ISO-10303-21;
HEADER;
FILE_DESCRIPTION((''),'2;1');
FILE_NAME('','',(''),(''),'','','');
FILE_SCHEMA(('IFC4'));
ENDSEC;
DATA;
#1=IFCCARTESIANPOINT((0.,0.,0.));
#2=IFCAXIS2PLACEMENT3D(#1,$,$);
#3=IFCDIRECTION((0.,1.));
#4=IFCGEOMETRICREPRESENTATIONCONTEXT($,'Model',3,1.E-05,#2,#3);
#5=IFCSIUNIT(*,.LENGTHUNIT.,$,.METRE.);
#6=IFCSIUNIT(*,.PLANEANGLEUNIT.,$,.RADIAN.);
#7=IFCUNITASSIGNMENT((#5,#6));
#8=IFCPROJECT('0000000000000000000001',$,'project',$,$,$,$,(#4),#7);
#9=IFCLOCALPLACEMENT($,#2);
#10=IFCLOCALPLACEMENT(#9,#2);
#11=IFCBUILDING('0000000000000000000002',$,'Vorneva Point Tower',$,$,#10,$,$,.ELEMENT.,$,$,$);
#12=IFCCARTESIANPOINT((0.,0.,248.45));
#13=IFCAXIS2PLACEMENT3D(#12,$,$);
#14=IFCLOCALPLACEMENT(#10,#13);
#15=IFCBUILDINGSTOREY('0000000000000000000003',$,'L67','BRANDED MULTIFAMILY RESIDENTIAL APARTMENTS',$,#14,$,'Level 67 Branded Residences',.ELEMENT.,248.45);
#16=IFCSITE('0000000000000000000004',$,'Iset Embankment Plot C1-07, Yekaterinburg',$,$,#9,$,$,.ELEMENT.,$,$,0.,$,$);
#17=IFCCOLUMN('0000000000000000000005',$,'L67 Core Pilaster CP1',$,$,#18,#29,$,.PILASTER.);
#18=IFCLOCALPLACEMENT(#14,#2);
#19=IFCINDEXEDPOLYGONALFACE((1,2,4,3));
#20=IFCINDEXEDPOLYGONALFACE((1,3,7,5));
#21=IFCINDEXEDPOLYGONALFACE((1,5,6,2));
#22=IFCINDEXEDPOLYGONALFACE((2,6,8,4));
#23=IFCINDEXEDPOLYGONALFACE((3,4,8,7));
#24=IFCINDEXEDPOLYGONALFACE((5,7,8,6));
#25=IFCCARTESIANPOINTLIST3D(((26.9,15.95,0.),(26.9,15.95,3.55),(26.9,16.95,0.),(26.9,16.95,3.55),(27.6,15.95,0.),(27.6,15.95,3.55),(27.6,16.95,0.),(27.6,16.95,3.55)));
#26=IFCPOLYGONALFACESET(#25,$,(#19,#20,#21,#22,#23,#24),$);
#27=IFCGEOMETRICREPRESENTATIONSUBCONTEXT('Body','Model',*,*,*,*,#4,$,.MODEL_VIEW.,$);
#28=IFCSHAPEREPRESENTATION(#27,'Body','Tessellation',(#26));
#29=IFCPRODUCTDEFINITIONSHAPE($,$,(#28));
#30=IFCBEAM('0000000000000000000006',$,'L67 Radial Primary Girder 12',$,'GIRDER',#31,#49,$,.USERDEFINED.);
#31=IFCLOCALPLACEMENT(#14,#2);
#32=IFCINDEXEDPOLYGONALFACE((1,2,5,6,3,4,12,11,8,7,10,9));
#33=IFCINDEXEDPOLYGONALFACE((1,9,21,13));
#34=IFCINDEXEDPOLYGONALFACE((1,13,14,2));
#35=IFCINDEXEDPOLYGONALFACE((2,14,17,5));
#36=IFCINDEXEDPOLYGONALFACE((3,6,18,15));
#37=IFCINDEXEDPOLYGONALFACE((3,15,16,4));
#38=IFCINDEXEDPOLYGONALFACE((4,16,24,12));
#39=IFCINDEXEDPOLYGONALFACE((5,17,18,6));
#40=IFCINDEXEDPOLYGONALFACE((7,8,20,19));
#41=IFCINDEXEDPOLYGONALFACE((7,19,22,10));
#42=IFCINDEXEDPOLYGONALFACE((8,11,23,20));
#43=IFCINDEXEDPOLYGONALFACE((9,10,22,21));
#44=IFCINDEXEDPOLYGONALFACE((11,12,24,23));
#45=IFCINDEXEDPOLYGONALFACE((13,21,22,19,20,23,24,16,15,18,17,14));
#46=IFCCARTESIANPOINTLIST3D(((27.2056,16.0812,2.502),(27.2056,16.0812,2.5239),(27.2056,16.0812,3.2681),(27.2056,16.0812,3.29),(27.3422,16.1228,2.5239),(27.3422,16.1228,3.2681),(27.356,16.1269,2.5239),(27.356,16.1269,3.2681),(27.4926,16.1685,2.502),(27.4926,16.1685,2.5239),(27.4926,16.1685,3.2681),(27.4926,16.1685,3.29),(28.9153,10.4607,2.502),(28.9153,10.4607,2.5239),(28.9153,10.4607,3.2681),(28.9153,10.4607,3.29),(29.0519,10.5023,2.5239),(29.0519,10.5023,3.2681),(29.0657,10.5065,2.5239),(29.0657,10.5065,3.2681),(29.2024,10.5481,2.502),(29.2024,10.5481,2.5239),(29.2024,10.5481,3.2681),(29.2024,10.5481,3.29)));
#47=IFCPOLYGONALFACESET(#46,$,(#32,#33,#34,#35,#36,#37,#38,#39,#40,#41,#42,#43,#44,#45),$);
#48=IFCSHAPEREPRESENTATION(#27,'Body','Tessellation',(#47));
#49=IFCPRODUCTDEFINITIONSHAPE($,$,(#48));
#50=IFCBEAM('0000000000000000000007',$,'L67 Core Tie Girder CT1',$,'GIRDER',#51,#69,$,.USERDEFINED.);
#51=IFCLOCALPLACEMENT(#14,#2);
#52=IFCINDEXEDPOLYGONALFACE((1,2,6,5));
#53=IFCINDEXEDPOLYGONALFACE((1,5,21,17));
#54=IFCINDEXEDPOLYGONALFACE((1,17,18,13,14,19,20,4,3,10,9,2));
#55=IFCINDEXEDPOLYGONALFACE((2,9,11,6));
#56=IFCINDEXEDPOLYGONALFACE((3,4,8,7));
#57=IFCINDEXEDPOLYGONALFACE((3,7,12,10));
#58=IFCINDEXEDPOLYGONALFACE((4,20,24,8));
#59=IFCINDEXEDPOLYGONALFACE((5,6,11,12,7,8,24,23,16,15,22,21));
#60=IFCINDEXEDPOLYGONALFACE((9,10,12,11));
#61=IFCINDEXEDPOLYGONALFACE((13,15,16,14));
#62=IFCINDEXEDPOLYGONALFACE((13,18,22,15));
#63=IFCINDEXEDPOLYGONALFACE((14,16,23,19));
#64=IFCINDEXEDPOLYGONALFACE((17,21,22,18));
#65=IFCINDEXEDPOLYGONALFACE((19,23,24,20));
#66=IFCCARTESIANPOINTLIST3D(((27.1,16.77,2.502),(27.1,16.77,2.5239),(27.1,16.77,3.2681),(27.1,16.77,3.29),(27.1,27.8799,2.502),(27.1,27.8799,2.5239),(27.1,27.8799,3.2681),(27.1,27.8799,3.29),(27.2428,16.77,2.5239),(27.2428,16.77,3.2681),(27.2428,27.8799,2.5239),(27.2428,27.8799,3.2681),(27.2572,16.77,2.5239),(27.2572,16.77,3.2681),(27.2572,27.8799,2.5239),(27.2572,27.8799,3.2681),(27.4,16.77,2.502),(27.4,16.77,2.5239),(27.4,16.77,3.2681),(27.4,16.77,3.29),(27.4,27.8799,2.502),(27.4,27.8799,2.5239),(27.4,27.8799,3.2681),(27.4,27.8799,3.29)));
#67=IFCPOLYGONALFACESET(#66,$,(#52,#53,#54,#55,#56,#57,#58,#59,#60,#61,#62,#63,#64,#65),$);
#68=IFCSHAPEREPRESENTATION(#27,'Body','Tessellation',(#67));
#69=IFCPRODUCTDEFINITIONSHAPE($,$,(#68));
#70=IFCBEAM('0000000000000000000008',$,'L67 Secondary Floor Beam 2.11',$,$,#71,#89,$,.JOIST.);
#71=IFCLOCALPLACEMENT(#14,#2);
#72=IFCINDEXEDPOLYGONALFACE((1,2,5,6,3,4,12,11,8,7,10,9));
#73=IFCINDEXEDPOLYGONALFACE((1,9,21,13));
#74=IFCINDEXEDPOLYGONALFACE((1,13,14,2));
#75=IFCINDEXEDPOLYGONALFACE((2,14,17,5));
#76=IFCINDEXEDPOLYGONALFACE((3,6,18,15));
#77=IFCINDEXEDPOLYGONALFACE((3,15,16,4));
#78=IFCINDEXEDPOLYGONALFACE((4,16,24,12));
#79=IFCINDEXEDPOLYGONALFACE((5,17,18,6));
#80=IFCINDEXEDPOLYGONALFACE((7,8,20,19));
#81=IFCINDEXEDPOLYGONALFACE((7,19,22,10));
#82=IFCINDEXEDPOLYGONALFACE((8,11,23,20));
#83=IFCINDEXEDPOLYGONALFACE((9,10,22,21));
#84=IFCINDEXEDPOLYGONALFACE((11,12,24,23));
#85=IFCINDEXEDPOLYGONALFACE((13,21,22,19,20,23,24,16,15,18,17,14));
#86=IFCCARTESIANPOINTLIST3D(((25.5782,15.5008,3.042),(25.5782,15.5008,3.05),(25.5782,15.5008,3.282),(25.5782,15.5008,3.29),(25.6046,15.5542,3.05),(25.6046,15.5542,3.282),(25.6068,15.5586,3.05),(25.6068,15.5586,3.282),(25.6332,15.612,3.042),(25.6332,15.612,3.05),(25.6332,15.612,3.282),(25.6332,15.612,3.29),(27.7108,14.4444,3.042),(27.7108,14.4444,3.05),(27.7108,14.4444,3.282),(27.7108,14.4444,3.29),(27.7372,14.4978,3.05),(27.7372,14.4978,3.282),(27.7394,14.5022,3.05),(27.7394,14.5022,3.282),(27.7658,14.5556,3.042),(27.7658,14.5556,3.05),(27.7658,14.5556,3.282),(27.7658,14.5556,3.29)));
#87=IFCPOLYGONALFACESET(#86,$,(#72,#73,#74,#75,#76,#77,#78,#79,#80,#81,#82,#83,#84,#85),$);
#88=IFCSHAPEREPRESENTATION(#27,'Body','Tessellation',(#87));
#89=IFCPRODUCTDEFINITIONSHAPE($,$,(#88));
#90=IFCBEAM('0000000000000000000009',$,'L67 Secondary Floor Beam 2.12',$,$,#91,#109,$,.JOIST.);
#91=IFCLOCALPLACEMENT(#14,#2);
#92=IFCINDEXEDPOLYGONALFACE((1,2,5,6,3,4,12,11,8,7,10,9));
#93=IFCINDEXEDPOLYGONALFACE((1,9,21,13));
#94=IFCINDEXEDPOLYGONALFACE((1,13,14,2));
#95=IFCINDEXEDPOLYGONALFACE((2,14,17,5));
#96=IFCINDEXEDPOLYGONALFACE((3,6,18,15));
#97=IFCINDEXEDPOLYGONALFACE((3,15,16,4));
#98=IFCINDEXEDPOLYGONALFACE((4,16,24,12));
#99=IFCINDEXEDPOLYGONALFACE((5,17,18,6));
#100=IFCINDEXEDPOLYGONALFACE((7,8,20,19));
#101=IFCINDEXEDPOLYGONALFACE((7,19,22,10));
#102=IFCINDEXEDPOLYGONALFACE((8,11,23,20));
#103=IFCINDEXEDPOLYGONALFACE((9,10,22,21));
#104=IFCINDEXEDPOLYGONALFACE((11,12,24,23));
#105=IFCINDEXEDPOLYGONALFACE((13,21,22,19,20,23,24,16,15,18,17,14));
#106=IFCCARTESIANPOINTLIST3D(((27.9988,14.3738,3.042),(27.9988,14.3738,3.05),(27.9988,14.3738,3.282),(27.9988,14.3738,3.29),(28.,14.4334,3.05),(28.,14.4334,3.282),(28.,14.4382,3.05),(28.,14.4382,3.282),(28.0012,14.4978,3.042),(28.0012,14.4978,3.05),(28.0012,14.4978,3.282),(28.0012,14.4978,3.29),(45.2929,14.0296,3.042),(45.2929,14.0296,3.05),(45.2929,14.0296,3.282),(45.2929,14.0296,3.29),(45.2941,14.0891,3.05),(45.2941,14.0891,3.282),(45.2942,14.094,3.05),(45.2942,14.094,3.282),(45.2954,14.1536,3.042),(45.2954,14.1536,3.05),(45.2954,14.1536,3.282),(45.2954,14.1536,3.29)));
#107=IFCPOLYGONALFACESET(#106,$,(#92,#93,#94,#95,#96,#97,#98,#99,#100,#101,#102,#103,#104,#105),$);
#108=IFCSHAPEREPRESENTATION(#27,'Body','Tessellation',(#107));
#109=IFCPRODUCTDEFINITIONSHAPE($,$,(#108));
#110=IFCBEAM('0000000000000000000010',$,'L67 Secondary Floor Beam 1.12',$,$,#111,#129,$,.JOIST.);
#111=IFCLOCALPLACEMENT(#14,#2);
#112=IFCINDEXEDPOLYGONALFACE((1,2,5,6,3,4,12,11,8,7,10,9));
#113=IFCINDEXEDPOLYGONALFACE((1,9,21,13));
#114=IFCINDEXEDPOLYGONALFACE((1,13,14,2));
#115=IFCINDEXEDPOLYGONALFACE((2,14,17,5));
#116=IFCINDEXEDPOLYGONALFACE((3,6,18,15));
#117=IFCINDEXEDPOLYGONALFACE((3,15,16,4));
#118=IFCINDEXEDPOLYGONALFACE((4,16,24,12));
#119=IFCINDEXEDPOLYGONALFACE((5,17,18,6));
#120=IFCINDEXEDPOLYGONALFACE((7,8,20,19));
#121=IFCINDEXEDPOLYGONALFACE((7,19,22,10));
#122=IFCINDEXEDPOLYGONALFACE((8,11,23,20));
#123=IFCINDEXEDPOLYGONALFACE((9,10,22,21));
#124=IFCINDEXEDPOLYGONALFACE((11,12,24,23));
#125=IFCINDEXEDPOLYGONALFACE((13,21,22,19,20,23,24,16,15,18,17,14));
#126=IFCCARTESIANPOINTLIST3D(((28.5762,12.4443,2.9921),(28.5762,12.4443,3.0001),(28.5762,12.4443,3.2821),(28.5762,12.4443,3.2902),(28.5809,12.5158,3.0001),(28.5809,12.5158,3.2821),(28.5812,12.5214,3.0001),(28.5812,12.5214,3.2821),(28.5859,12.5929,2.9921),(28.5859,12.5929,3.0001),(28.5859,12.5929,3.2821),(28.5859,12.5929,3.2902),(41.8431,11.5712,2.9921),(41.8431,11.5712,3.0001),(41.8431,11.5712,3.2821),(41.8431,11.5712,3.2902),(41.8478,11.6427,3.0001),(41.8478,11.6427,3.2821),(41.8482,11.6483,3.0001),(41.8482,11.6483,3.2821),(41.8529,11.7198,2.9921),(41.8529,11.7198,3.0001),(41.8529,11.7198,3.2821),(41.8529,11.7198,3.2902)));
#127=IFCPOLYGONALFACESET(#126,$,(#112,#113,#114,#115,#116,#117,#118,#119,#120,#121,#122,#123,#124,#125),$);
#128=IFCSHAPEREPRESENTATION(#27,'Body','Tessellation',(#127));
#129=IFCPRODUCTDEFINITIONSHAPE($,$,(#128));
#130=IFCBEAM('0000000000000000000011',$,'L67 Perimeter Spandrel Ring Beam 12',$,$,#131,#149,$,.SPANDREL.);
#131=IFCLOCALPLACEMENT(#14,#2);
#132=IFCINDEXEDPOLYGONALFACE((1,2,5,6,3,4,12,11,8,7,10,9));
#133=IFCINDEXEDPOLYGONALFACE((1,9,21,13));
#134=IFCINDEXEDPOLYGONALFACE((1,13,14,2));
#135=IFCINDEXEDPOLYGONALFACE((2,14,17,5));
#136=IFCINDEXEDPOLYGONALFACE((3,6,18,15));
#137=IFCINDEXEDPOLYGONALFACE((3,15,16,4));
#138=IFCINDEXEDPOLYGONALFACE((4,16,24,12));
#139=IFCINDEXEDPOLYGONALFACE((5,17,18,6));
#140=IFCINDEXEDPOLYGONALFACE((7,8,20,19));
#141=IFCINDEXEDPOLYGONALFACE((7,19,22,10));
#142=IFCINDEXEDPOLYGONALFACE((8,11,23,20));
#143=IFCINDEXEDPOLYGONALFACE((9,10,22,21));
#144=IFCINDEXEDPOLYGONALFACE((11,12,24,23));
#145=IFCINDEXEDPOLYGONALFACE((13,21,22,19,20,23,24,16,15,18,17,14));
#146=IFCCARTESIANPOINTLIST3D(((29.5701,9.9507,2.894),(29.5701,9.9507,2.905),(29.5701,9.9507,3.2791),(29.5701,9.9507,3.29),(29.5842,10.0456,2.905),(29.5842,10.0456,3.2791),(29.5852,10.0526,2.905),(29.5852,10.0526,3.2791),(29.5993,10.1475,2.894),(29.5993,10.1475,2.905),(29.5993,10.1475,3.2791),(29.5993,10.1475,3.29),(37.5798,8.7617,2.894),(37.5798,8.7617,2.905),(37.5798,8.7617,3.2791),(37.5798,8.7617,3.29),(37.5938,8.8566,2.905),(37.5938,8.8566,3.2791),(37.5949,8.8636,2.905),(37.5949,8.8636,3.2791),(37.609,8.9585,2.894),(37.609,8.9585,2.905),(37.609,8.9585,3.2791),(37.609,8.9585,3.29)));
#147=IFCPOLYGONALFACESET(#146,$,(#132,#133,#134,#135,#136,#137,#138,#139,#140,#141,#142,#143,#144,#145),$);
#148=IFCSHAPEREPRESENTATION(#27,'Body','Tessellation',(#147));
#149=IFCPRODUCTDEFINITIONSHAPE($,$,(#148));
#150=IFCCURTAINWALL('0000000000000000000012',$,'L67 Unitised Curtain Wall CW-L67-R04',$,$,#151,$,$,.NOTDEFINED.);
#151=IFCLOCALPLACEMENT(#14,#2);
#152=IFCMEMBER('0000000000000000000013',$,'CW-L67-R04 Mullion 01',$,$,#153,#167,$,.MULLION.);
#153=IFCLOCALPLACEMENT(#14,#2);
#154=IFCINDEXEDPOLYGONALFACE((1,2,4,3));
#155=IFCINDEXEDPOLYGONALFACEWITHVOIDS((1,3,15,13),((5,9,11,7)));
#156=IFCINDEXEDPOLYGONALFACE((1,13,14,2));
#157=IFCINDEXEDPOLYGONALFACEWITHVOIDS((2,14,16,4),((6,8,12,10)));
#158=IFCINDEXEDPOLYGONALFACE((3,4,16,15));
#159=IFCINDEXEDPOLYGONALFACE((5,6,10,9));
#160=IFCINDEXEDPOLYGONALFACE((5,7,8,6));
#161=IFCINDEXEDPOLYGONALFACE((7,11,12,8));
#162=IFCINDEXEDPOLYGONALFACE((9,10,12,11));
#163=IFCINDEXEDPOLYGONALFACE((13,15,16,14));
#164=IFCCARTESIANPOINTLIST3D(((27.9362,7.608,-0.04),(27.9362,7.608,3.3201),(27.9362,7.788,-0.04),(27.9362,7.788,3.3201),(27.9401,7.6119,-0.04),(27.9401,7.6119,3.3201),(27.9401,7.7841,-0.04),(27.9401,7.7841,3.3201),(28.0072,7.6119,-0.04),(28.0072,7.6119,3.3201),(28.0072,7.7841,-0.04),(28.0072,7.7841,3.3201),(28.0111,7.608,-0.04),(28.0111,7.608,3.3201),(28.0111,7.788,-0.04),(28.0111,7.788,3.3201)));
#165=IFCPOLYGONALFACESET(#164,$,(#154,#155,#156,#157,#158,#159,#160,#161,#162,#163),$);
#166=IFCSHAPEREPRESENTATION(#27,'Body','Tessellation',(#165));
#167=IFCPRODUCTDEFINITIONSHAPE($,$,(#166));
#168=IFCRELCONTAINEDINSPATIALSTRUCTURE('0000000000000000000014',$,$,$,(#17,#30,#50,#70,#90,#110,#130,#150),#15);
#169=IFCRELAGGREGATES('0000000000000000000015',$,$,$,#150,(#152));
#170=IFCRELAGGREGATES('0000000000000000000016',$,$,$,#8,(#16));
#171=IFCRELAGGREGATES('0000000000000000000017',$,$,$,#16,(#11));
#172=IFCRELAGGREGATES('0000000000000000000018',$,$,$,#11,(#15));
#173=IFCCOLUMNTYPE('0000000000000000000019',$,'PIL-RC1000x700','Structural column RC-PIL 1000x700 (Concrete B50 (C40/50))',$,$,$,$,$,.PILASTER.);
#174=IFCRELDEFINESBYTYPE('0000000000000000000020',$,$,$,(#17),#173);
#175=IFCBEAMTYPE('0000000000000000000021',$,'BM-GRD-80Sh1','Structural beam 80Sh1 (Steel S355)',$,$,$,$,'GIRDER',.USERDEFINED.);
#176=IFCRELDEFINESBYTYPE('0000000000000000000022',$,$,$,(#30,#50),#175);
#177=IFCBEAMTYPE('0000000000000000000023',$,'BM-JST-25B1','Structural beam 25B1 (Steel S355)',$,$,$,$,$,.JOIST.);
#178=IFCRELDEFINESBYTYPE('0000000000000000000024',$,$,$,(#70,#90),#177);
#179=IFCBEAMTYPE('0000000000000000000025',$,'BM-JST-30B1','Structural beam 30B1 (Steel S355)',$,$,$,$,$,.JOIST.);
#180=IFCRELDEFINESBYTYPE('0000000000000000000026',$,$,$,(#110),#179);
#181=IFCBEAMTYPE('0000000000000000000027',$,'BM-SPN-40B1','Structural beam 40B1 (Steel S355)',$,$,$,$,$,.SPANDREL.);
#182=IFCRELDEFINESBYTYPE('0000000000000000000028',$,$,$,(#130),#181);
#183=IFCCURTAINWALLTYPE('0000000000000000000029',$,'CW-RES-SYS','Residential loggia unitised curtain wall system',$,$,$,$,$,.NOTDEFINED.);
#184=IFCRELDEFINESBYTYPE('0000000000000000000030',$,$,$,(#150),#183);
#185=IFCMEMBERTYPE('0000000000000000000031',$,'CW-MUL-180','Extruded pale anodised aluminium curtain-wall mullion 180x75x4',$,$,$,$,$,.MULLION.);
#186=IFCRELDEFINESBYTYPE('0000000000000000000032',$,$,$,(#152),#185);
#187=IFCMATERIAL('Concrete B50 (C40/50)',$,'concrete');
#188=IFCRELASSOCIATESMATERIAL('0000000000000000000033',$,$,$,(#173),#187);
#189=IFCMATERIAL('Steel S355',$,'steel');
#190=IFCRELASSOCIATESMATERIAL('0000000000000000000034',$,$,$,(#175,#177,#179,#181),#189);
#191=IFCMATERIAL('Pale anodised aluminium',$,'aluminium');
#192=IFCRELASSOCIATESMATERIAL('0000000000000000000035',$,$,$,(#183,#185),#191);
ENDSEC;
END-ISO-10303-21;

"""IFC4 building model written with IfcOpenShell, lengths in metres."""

from ifc_helpers import new_model, si_unit, direction, frame, origin, origin_2d, place, context, subcontext, project, spatial, rectangle, hollow_rectangle, i_section, extrude, material, material_profile, profile_set, type_object, element, aggregate, save


model = new_model("IFC4")

# Units and contexts
model_context = context("Model", 3, precision=1e-05, world=origin(), true_north=direction((0.0, 1.0)))
body_context = subcontext(model_context, "Body", "Model", "MODEL_VIEW")
ifc_project = project(units=[si_unit("LENGTHUNIT", "METRE"), si_unit("PLANEANGLEUNIT", "RADIAN")], contexts=[model_context])

# Site, building, storey
site_placement = place(None, origin())
site = spatial("IfcSite", under=ifc_project, at=site_placement, Name="Iset Embankment Plot C1-07, Yekaterinburg", CompositionType="ELEMENT", RefElevation=0.0)
building_placement = place(site_placement, origin())
building = spatial("IfcBuilding", under=site, at=building_placement, Name="Vorneva Point Tower", CompositionType="ELEMENT")
storey_placement = place(building_placement, frame((0.0, 0.0, 248.45)))
storey = spatial("IfcBuildingStorey", under=building, at=storey_placement, Name="L67", Description="BRANDED MULTIFAMILY RESIDENTIAL APARTMENTS", LongName="Level 67 Branded Residences", CompositionType="ELEMENT", Elevation=248.45)

# Column
ifc_material_1 = material(Name="Concrete B50 (C40/50)", Category="concrete")
ifc_material_profile_1 = material_profile(ifc_material_1, rectangle(XDim=0.7, YDim=1.0, at=origin_2d()), Name="RC-PIL 1000x700")
ifc_profile_set_1 = profile_set([ifc_material_profile_1], Name="Concrete B50 (C40/50)")
column_type_1 = type_object("IfcColumnType", Name="PIL-RC1000x700", Description="Structural column RC-PIL 1000x700 (Concrete B50 (C40/50))", PredefinedType="PILASTER", material=ifc_profile_set_1)
column_1_placement = place(storey_placement, frame((27.25, 16.45, 0.0), z_axis=(0.0, 0.0, 1.0), x_axis=(1.0, 0.0, 0.0)))
element("IfcColumn", 1, at=column_1_placement, inside=storey, type_object=column_type_1, Name="L67 Core Pilaster CP1", PredefinedType="PILASTER", context=body_context, shape_type="SweptSolid", body=[
    extrude(rectangle(XDim=0.7, YDim=1.0, at=origin_2d()), origin(), (0.0, 0.0, 1.0), 3.55),
])

# Beams
ifc_material_2 = material(Name="Steel S355", Category="steel")
ifc_material_profile_2 = material_profile(ifc_material_2, i_section(OverallWidth=0.3, OverallDepth=0.7881, WebThickness=0.0144, FlangeThickness=0.022, at=origin_2d()), Name="80Sh1")
ifc_profile_set_2 = profile_set([ifc_material_profile_2], Name="Steel S355")
beam_type_1 = type_object("IfcBeamType", Name="BM-GRD-80Sh1", Description="Structural beam 80Sh1 (Steel S355)", ElementType="GIRDER", PredefinedType="USERDEFINED", material=ifc_profile_set_2)
beam_1_placement = place(storey_placement, frame((29.0588, 10.5044, 2.896), z_axis=(-0.291033, 0.956713, 0.0), x_axis=(-0.956713, -0.291033, 0.0)))
element("IfcBeam", 2, at=beam_1_placement, inside=storey, type_object=beam_type_1, Name="L67 Radial Primary Girder 12", ObjectType="GIRDER", PredefinedType="USERDEFINED", context=body_context, shape_type="SweptSolid", body=[
    extrude(i_section(OverallWidth=0.3, OverallDepth=0.7881, WebThickness=0.0144, FlangeThickness=0.022, at=origin_2d()), origin(), (0.0, 0.0, 1.0), 5.8748),
])
beam_2_placement = place(storey_placement, frame((27.25, 16.77, 2.896), z_axis=(0.0, 1.0, 0.0), x_axis=(-1.0, 0.0, 0.0)))
element("IfcBeam", 3, at=beam_2_placement, inside=storey, type_object=beam_type_1, Name="L67 Core Tie Girder CT1", ObjectType="GIRDER", PredefinedType="USERDEFINED", context=body_context, shape_type="SweptSolid", body=[
    extrude(i_section(OverallWidth=0.3, OverallDepth=0.7881, WebThickness=0.0144, FlangeThickness=0.022, at=origin_2d()), origin(), (0.0, 0.0, 1.0), 11.1099),
])
ifc_material_profile_3 = material_profile(ifc_material_2, i_section(OverallWidth=0.124, OverallDepth=0.248, WebThickness=0.0049, FlangeThickness=0.0081, at=origin_2d()), Name="25B1")
ifc_profile_set_3 = profile_set([ifc_material_profile_3], Name="Steel S355")
beam_type_2 = type_object("IfcBeamType", Name="BM-JST-25B1", Description="Structural beam 25B1 (Steel S355)", PredefinedType="JOIST", material=ifc_profile_set_3)
beam_3_placement = place(storey_placement, frame((25.6057, 15.5564, 3.166), z_axis=(0.896083, -0.443887, 0.0), x_axis=(0.443887, 0.896083, 0.0)))
element("IfcBeam", 4, at=beam_3_placement, inside=storey, type_object=beam_type_2, Name="L67 Secondary Floor Beam 2.11", PredefinedType="JOIST", context=body_context, shape_type="SweptSolid", body=[
    extrude(i_section(OverallWidth=0.124, OverallDepth=0.248, WebThickness=0.0049, FlangeThickness=0.0081, at=origin_2d()), origin(), (0.0, 0.0, 1.0), 2.3799),
])
beam_4_placement = place(storey_placement, frame((28.0, 14.4358, 3.166), z_axis=(0.999802, -0.019901, 0.0), x_axis=(0.019901, 0.999802, 0.0)))
element("IfcBeam", 5, at=beam_4_placement, inside=storey, type_object=beam_type_2, Name="L67 Secondary Floor Beam 2.12", PredefinedType="JOIST", context=body_context, shape_type="SweptSolid", body=[
    extrude(i_section(OverallWidth=0.124, OverallDepth=0.248, WebThickness=0.0049, FlangeThickness=0.0081, at=origin_2d()), origin(), (0.0, 0.0, 1.0), 17.2976),
])
ifc_material_profile_4 = material_profile(ifc_material_2, i_section(OverallWidth=0.1489, OverallDepth=0.2981, WebThickness=0.0056, FlangeThickness=0.0081, at=origin_2d()), Name="30B1")
ifc_profile_set_4 = profile_set([ifc_material_profile_4], Name="Steel S355")
beam_type_3 = type_object("IfcBeamType", Name="BM-JST-30B1", Description="Structural beam 30B1 (Steel S355)", PredefinedType="JOIST", material=ifc_profile_set_4)
beam_5_placement = place(storey_placement, frame((28.5811, 12.5186, 3.1411), z_axis=(0.997842, -0.065665, 0.0), x_axis=(0.065665, 0.997842, 0.0)))
element("IfcBeam", 6, at=beam_5_placement, inside=storey, type_object=beam_type_3, Name="L67 Secondary Floor Beam 1.12", PredefinedType="JOIST", context=body_context, shape_type="SweptSolid", body=[
    extrude(i_section(OverallWidth=0.1489, OverallDepth=0.2981, WebThickness=0.0056, FlangeThickness=0.0081, at=origin_2d()), origin(), (0.0, 0.0, 1.0), 13.2957),
])
ifc_material_profile_5 = material_profile(ifc_material_2, i_section(OverallWidth=0.199, OverallDepth=0.396, WebThickness=0.0071, FlangeThickness=0.011, at=origin_2d()), Name="40B1")
ifc_profile_set_5 = profile_set([ifc_material_profile_5], Name="Steel S355")
beam_type_4 = type_object("IfcBeamType", Name="BM-SPN-40B1", Description="Structural beam 40B1 (Steel S355)", PredefinedType="SPANDREL", material=ifc_profile_set_5)
beam_6_placement = place(storey_placement, frame((29.5847, 10.0491, 3.092), z_axis=(0.989162, -0.146831, 0.0), x_axis=(0.146831, 0.989162, 0.0)))
element("IfcBeam", 7, at=beam_6_placement, inside=storey, type_object=beam_type_4, Name="L67 Perimeter Spandrel Ring Beam 12", PredefinedType="SPANDREL", context=body_context, shape_type="SweptSolid", body=[
    extrude(i_section(OverallWidth=0.199, OverallDepth=0.396, WebThickness=0.0071, FlangeThickness=0.011, at=origin_2d()), origin(), (0.0, 0.0, 1.0), 8.0974),
])

# Curtain wall, member
ifc_material_3 = material(Name="Pale anodised aluminium", Category="aluminium")
curtain_wall_type = type_object("IfcCurtainWallType", Name="CW-RES-SYS", Description="Residential loggia unitised curtain wall system", PredefinedType="NOTDEFINED", material=ifc_material_3)
curtain_wall_placement = place(storey_placement, origin())
curtain_wall = element("IfcCurtainWall", 8, at=curtain_wall_placement, inside=storey, type_object=curtain_wall_type, Name="L67 Unitised Curtain Wall CW-L67-R04", PredefinedType="NOTDEFINED")
ifc_material_profile_6 = material_profile(ifc_material_3, hollow_rectangle(XDim=0.075, YDim=0.1799, WallThickness=0.0039, at=origin_2d()), Name="AL-MUL 180x75x4")
ifc_profile_set_6 = profile_set([ifc_material_profile_6], Name="Pale anodised aluminium")
member_type_1 = type_object("IfcMemberType", Name="CW-MUL-180", Description="Extruded pale anodised aluminium curtain-wall mullion 180x75x4", PredefinedType="MULLION", material=ifc_profile_set_6)
member_1_placement = place(storey_placement, frame((27.9736, 7.698, -0.04), z_axis=(0.0, 0.0, 1.0), x_axis=(1.0, 0.0, 0.0)))
member_1 = element("IfcMember", 9, at=member_1_placement, type_object=member_type_1, Name="CW-L67-R04 Mullion 01", PredefinedType="MULLION", context=body_context, shape_type="SweptSolid", body=[
    extrude(hollow_rectangle(XDim=0.075, YDim=0.1799, WallThickness=0.0039, at=origin_2d()), origin(), (0.0, 0.0, 1.0), 3.3601),
])
aggregate(curtain_wall, [member_1])

save(model, "model.ifc")
